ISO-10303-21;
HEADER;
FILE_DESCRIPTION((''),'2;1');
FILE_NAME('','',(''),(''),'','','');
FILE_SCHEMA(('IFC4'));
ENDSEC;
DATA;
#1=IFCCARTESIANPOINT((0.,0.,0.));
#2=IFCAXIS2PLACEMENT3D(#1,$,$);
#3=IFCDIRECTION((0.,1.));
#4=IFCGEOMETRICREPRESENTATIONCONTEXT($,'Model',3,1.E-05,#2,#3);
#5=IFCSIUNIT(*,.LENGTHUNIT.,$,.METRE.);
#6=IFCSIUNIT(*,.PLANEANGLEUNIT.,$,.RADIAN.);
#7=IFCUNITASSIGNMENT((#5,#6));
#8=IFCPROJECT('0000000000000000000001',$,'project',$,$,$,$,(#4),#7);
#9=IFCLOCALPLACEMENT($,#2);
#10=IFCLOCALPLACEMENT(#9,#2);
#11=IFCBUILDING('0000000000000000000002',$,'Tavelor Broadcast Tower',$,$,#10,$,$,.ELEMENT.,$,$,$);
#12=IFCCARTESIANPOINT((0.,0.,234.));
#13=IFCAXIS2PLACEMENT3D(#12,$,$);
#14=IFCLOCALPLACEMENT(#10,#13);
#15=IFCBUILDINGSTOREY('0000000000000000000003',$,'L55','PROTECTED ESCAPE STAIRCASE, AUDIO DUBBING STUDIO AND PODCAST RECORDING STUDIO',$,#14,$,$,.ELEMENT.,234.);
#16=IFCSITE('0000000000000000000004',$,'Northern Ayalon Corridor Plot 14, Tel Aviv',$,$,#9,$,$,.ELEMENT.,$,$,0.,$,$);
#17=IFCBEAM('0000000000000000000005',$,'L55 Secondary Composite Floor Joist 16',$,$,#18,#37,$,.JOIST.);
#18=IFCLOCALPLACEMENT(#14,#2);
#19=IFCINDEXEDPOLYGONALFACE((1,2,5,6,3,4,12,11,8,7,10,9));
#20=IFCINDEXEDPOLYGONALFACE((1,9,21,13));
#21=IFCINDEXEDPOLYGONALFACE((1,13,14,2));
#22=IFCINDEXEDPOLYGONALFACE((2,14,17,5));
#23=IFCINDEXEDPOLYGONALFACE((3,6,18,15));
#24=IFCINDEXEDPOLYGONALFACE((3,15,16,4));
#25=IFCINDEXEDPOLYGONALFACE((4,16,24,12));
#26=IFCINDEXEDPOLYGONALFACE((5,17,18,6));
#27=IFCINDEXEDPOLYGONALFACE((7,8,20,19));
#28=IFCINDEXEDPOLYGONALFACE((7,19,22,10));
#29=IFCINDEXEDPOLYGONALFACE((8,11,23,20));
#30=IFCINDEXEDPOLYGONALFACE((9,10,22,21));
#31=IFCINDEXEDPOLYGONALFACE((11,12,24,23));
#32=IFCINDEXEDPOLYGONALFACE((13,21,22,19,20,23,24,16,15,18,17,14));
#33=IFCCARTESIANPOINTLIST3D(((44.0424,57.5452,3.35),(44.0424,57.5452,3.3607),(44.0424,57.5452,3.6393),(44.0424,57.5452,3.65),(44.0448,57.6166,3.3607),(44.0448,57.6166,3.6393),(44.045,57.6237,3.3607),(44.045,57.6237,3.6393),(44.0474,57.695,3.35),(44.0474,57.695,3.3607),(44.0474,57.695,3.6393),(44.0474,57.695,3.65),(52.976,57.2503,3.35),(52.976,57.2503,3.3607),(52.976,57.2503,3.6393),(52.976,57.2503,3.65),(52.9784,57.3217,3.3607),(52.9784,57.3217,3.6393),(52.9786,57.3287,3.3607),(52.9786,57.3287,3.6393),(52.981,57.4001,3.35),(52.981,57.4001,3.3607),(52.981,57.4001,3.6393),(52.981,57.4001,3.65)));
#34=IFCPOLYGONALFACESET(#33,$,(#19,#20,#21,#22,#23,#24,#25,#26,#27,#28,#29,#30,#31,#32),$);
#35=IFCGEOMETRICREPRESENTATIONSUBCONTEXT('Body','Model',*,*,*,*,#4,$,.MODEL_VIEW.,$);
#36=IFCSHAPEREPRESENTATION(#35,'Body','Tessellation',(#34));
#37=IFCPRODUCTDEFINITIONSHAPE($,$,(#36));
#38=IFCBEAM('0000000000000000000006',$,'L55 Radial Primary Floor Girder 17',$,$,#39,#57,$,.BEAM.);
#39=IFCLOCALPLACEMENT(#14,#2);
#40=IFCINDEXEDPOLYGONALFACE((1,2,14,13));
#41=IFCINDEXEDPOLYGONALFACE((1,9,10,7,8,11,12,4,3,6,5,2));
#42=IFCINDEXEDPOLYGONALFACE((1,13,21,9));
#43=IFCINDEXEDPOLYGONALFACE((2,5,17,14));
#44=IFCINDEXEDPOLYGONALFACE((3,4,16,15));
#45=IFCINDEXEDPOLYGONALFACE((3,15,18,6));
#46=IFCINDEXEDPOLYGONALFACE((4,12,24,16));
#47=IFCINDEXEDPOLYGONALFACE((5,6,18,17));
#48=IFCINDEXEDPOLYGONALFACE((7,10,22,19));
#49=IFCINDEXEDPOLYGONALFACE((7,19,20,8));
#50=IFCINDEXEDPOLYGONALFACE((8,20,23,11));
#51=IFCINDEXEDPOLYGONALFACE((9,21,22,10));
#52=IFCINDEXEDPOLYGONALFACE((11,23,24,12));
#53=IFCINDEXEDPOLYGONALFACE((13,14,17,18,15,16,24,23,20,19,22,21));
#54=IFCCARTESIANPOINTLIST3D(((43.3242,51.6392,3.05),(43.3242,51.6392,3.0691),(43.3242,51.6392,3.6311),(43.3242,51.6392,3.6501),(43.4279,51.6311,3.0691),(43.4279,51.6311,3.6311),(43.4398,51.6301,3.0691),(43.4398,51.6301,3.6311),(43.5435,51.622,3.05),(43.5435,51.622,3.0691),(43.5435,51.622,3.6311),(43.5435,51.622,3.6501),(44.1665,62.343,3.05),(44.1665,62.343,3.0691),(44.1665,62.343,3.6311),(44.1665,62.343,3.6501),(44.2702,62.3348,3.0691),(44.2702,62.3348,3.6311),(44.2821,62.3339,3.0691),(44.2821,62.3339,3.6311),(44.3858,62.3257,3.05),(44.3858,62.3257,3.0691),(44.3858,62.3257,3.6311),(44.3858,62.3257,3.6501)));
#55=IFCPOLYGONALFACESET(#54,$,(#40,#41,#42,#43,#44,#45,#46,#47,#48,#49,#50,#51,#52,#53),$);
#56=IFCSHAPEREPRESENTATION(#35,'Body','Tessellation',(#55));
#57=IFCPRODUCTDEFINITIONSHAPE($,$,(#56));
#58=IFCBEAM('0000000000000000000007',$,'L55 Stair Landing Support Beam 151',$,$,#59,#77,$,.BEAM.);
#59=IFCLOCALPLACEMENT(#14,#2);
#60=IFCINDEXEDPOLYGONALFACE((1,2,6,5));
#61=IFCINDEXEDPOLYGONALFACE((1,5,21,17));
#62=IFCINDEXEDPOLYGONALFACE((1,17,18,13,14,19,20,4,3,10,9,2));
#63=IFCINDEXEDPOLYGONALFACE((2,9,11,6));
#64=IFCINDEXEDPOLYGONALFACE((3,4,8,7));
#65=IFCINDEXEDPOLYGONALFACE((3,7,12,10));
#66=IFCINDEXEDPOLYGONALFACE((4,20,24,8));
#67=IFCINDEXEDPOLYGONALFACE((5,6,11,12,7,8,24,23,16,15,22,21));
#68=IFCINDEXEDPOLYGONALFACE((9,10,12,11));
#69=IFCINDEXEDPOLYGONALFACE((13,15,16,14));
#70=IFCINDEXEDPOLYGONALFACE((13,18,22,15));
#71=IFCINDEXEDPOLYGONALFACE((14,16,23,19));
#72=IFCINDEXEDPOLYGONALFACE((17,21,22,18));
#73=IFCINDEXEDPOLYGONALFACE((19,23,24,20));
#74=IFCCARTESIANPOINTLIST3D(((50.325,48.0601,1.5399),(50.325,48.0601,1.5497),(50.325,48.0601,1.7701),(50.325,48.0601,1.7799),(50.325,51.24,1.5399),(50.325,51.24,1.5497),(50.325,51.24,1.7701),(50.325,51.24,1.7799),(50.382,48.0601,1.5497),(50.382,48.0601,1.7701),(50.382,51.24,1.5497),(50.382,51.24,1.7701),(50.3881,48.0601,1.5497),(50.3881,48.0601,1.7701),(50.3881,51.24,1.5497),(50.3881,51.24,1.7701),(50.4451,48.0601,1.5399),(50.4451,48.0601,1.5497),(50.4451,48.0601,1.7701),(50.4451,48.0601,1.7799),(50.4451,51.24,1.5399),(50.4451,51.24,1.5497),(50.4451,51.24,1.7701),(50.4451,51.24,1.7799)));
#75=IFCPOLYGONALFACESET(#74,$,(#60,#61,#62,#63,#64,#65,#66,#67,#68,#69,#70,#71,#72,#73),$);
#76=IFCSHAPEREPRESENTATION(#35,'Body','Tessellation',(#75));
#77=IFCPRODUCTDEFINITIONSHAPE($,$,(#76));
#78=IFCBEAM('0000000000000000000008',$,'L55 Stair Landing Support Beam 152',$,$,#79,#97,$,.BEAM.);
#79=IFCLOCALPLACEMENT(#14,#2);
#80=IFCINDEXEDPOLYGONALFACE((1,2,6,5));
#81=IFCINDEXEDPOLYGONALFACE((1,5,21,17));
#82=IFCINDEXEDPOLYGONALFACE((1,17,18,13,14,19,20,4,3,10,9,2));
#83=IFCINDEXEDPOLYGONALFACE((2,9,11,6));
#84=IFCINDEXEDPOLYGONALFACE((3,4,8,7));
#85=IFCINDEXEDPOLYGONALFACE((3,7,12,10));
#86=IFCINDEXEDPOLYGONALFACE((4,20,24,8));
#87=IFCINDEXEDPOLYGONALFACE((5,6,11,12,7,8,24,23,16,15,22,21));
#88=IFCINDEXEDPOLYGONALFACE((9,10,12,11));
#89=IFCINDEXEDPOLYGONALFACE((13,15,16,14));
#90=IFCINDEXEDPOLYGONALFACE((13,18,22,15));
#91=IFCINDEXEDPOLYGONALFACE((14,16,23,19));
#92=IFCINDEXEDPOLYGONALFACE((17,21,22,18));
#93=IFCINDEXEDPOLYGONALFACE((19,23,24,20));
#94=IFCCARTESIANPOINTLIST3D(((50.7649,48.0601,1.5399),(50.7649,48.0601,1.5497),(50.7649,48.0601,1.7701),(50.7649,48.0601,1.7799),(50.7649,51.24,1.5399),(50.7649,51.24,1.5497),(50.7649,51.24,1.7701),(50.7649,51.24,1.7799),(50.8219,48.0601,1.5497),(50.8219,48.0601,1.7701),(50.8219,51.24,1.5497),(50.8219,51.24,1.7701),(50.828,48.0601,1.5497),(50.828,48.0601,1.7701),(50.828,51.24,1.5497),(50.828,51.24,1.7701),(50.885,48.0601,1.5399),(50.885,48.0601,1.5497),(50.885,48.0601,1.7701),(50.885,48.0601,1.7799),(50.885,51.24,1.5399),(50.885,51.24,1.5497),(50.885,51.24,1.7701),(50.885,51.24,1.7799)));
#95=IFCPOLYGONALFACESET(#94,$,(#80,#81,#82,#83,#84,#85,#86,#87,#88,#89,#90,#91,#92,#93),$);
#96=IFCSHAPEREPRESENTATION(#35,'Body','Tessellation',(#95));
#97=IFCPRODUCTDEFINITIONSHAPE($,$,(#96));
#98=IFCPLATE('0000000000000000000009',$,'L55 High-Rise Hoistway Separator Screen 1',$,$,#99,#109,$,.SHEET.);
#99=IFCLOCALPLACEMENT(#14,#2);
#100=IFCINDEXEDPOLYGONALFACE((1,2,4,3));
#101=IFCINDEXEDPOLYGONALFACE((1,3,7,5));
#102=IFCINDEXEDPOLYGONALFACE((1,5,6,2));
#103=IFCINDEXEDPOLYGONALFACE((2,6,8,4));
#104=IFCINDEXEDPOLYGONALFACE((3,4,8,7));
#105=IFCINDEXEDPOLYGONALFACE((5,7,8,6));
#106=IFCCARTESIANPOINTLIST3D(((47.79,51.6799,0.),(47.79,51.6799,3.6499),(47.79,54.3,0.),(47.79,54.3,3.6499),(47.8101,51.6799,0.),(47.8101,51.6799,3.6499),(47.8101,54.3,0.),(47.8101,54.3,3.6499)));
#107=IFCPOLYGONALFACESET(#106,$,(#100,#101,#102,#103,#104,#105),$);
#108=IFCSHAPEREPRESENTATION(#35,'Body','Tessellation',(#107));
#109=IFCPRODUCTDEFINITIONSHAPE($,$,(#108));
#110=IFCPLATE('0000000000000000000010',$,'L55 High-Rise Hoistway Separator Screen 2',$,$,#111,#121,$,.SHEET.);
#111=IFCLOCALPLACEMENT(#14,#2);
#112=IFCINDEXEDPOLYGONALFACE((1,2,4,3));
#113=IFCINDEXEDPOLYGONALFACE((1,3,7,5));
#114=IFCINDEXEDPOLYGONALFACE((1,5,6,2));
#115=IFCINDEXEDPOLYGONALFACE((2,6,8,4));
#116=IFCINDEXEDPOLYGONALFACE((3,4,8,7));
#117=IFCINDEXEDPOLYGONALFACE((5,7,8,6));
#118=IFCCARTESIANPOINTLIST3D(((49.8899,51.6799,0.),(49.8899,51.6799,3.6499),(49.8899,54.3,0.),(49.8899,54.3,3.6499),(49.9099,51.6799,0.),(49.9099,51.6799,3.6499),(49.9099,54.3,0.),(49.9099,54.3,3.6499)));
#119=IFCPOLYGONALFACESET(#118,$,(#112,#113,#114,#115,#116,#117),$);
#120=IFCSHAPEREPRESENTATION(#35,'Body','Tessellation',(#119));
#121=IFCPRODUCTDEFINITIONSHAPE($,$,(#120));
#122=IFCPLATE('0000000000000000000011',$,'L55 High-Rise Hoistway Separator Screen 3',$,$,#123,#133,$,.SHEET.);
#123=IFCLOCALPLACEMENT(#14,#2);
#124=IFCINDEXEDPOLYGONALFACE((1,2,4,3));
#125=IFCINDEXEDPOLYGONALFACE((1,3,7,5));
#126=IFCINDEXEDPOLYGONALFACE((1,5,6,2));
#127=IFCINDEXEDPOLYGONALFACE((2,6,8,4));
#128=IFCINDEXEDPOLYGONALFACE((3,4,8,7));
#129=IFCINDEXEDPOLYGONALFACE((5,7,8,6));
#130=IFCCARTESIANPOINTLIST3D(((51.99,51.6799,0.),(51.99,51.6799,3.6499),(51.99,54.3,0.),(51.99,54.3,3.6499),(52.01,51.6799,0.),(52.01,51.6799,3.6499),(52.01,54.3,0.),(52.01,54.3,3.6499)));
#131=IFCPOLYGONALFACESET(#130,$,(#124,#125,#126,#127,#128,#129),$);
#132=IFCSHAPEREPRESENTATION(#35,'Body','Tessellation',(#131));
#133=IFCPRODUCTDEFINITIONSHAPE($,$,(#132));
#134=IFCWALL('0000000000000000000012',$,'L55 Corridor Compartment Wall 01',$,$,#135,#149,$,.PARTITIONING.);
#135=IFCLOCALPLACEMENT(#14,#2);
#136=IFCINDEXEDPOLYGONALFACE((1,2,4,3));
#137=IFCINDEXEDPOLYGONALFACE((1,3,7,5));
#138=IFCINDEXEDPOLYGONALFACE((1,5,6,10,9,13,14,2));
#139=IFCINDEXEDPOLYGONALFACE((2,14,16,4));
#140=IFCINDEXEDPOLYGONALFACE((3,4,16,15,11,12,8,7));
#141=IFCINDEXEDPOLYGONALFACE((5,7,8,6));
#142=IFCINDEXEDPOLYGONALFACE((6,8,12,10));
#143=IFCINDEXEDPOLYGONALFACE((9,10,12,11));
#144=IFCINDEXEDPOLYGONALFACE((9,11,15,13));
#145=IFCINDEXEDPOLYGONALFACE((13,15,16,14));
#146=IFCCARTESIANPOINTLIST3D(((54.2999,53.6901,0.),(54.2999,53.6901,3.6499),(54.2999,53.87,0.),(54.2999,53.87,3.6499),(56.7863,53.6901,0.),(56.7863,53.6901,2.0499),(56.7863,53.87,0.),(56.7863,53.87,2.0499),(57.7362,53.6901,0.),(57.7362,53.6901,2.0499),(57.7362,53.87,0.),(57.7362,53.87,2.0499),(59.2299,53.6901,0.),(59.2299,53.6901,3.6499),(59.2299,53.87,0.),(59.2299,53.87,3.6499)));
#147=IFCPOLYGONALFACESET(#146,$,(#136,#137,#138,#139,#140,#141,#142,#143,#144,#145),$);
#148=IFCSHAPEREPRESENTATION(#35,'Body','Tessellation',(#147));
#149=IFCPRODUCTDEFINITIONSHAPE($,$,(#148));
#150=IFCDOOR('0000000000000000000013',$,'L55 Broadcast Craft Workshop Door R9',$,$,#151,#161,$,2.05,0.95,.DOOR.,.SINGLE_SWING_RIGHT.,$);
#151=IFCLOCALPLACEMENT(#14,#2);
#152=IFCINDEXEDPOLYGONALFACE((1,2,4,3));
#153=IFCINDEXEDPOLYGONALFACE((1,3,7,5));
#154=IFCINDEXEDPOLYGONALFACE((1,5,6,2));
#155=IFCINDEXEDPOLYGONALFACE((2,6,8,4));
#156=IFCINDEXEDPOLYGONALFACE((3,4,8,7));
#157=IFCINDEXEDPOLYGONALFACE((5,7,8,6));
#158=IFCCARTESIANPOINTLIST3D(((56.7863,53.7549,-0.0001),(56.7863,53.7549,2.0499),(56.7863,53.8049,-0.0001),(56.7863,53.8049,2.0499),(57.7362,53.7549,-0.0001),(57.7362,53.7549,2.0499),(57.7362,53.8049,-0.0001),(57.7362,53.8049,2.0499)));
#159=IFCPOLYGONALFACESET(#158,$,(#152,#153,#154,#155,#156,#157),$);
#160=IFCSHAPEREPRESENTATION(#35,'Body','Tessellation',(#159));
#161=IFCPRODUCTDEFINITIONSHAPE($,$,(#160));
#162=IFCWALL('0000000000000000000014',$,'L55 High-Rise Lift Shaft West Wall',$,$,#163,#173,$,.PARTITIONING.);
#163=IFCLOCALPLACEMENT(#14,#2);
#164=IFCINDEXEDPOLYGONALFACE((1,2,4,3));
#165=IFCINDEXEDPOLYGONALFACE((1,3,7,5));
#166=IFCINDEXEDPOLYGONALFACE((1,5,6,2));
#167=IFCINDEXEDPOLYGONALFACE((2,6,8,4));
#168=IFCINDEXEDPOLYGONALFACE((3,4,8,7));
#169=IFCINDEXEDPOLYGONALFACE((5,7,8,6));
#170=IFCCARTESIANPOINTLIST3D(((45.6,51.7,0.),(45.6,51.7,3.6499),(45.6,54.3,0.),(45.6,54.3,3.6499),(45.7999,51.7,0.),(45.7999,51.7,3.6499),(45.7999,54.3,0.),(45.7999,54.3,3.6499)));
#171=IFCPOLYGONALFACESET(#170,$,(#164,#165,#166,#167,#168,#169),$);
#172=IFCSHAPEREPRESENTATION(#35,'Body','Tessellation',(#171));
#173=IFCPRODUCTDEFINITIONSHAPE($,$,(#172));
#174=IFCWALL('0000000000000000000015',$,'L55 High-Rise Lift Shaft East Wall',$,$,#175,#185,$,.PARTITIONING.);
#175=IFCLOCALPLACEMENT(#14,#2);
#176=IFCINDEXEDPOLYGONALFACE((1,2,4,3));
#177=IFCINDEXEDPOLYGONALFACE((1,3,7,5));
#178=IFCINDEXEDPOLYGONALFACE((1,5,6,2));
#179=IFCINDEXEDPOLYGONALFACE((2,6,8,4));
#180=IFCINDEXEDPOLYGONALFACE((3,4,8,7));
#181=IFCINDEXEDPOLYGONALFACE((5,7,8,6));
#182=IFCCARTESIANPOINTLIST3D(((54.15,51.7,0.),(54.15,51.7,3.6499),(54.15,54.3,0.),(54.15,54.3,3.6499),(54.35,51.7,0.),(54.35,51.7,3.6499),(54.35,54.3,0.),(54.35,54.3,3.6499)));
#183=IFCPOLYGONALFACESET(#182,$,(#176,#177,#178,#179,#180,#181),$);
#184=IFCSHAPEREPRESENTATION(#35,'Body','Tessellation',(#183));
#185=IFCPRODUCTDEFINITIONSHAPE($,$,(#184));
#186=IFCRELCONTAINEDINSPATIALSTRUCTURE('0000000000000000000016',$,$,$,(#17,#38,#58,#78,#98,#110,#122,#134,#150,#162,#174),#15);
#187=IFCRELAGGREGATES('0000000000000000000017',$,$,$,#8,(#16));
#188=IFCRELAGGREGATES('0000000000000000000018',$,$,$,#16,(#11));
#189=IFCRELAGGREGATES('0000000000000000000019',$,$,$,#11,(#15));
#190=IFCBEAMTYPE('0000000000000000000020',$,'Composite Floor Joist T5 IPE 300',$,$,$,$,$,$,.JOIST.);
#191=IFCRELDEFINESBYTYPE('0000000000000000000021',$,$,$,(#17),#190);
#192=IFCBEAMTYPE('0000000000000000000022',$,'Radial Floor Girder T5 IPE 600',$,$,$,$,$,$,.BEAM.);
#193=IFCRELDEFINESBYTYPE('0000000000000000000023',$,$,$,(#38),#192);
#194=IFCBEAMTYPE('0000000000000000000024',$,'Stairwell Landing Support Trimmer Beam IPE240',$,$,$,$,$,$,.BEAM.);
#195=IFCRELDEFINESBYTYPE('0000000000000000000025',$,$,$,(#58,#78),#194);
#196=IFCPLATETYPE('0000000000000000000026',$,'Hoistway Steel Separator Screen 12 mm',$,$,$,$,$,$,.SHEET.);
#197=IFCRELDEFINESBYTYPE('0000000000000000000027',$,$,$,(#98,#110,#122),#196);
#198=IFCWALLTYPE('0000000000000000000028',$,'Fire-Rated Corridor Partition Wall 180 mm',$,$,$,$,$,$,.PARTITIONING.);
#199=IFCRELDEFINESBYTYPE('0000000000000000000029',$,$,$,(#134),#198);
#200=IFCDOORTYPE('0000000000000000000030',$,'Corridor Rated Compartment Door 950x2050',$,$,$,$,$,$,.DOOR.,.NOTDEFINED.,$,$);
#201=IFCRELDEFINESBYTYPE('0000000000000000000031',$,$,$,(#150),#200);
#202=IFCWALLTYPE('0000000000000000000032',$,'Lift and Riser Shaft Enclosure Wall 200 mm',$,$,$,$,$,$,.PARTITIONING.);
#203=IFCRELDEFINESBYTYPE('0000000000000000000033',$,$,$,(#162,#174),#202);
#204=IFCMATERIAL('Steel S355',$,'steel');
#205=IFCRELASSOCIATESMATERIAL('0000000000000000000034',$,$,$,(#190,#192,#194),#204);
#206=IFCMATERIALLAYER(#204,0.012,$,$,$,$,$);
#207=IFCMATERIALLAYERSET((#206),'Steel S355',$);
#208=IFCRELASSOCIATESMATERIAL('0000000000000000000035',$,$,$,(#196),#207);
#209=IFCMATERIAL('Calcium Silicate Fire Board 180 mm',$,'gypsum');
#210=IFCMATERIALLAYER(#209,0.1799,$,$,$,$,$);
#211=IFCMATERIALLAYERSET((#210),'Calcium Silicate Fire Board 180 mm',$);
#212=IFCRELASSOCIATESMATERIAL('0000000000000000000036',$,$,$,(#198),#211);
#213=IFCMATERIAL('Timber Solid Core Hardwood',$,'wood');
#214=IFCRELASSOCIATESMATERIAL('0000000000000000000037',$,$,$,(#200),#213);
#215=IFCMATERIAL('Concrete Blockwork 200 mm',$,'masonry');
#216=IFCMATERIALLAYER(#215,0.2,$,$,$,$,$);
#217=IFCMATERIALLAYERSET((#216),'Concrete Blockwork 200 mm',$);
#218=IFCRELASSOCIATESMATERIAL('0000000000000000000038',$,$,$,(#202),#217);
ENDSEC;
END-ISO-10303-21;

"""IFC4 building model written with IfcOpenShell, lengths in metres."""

from ifc_helpers import new_model, si_unit, direction, frame, frame_2d, origin, origin_2d, place, context, subcontext, project, spatial, rectangle, i_section, extrude, source, transform, mapped, material, layer, layer_set, material_profile, profile_set, type_object, type_shapes, element, fill, save


model = new_model("IFC4")

# Units and contexts
model_context = context("Model", 3, precision=1e-05, world=origin(), true_north=direction((0.0, 1.0)))
body_context = subcontext(model_context, "Body", "Model", "MODEL_VIEW")
ifc_project = project(units=[si_unit("LENGTHUNIT", "METRE"), si_unit("PLANEANGLEUNIT", "RADIAN")], contexts=[model_context])

# Site, building, storey
site_placement = place(None, origin())
site = spatial("IfcSite", under=ifc_project, at=site_placement, Name="Northern Ayalon Corridor Plot 14, Tel Aviv", CompositionType="ELEMENT", RefElevation=0.0)
building_placement = place(site_placement, origin())
building = spatial("IfcBuilding", under=site, at=building_placement, Name="Tavelor Broadcast Tower", CompositionType="ELEMENT")
storey_placement = place(building_placement, frame((0.0, 0.0, 234.0)))
storey = spatial("IfcBuildingStorey", under=building, at=storey_placement, Name="L55", Description="PROTECTED ESCAPE STAIRCASE, AUDIO DUBBING STUDIO AND PODCAST RECORDING STUDIO", CompositionType="ELEMENT", Elevation=234.0)

# Beams
ifc_material_1 = material(Name="Steel S355", Category="steel")
ifc_material_profile_1 = material_profile(ifc_material_1, i_section(OverallWidth=0.1499, OverallDepth=0.3, WebThickness=0.0071, FlangeThickness=0.0107, at=origin_2d()), Name="IPE 300")
ifc_profile_set_1 = profile_set([ifc_material_profile_1], Name="Steel S355")
beam_type_1 = type_object("IfcBeamType", Name="Composite Floor Joist T5 IPE 300", PredefinedType="JOIST", material=ifc_profile_set_1)
beam_1_placement = place(storey_placement, frame((52.9785, 57.3252, 3.5), z_axis=(-0.999456, 0.032995, 0.0), x_axis=(-0.032995, -0.999456, 0.0)))
element("IfcBeam", 1, at=beam_1_placement, inside=storey, type_object=beam_type_1, Name="L55 Secondary Composite Floor Joist 16", PredefinedType="JOIST", context=body_context, shape_type="SweptSolid", body=[
    extrude(i_section(OverallWidth=0.1499, OverallDepth=0.3, WebThickness=0.0071, FlangeThickness=0.0107, at=origin_2d()), origin(), (0.0, 0.0, 1.0), 8.9385),
])
ifc_material_profile_2 = material_profile(ifc_material_1, i_section(OverallWidth=0.22, OverallDepth=0.6001, WebThickness=0.012, FlangeThickness=0.019, at=origin_2d()), Name="IPE 600")
ifc_profile_set_2 = profile_set([ifc_material_profile_2], Name="Steel S355")
beam_type_2 = type_object("IfcBeamType", Name="Radial Floor Girder T5 IPE 600", PredefinedType="BEAM", material=ifc_profile_set_2)
beam_2_placement = place(storey_placement, frame((43.4338, 51.6306, 3.3501), z_axis=(0.078449, 0.996918, 0.0), x_axis=(-0.996918, 0.078449, 0.0)))
element("IfcBeam", 2, at=beam_2_placement, inside=storey, type_object=beam_type_2, Name="L55 Radial Primary Floor Girder 17", PredefinedType="BEAM", context=body_context, shape_type="SweptSolid", body=[
    extrude(i_section(OverallWidth=0.22, OverallDepth=0.6001, WebThickness=0.012, FlangeThickness=0.019, at=origin_2d()), origin(), (0.0, 0.0, 1.0), 10.7368),
])
ifc_material_profile_3 = material_profile(ifc_material_1, i_section(OverallWidth=0.1201, OverallDepth=0.24, WebThickness=0.0061, FlangeThickness=0.0098, at=origin_2d()), Name="IPE 240")
ifc_profile_set_3 = profile_set([ifc_material_profile_3], Name="Steel S355")
beam_type_3 = type_object("IfcBeamType", Name="Stairwell Landing Support Trimmer Beam IPE240", PredefinedType="BEAM", material=ifc_profile_set_3)
for number, where, z_axis, x_axis, name in (
    (3, (50.385, 48.0601, 1.6599), (0.0, 1.0, 0.0), (-1.0, 0.0, 0.0), "L55 Stair Landing Support Beam 151"),
    (4, (50.825, 48.0601, 1.6599), (0.0, 1.0, 0.0), (-1.0, 0.0, 0.0), "L55 Stair Landing Support Beam 152"),
):
    element("IfcBeam", number, at=place(storey_placement, frame(where, z_axis=z_axis, x_axis=x_axis)), inside=storey, type_object=beam_type_3, Name=name, PredefinedType="BEAM", context=body_context, shape_type="SweptSolid", body=[
        extrude(i_section(OverallWidth=0.1201, OverallDepth=0.24, WebThickness=0.0061, FlangeThickness=0.0098, at=origin_2d()), origin(), (0.0, 0.0, 1.0), 3.1799),
    ])

# Plates
ifc_layer_1 = layer(ifc_material_1, 0.012)
ifc_layer_set_1 = layer_set([ifc_layer_1], Name="Steel S355")
plate_type = type_object("IfcPlateType", Name="Hoistway Steel Separator Screen 12 mm", PredefinedType="SHEET", material=ifc_layer_set_1)
shared_shape = source(origin(), body_context, "Body", "SweptSolid", [
    extrude(rectangle(XDim=0.02, YDim=2.6201, at=origin_2d()), origin(), (0.0, 0.0, 1.0), 3.6499),
])
type_shapes(plate_type, [shared_shape])
for number, where, z_axis, x_axis, name in (
    (5, (47.8, 52.99, 0.0), (0.0, 0.0, 1.0), (1.0, 0.0, 0.0), "L55 High-Rise Hoistway Separator Screen 1"),
    (6, (49.8999, 52.99, 0.0), (0.0, 0.0, 1.0), (1.0, 0.0, 0.0), "L55 High-Rise Hoistway Separator Screen 2"),
    (7, (52.0, 52.99, 0.0), (0.0, 0.0, 1.0), (1.0, 0.0, 0.0), "L55 High-Rise Hoistway Separator Screen 3"),
):
    element("IfcPlate", number, at=place(storey_placement, frame(where, z_axis=z_axis, x_axis=x_axis)), inside=storey, type_object=plate_type, Name=name, PredefinedType="SHEET", context=body_context, shape_type="MappedRepresentation", body=[
        mapped(shared_shape, transform((0.0, 0.0, 0.0), scale=1.0)),
    ])

# Wall, opening, door
ifc_material_2 = material(Name="Calcium Silicate Fire Board 180 mm", Category="gypsum")
ifc_layer_2 = layer(ifc_material_2, 0.1799)
ifc_layer_set_2 = layer_set([ifc_layer_2], Name="Calcium Silicate Fire Board 180 mm")
wall_type_1 = type_object("IfcWallType", Name="Fire-Rated Corridor Partition Wall 180 mm", PredefinedType="PARTITIONING", material=ifc_layer_set_2)
wall_1_placement = place(storey_placement, frame((54.3, 53.78, 0.0), z_axis=(0.0, 0.0, 1.0), x_axis=(1.0, 0.0, 0.0)))
wall_1 = element("IfcWall", 8, at=wall_1_placement, inside=storey, type_object=wall_type_1, Name="L55 Corridor Compartment Wall 01", PredefinedType="PARTITIONING", context=body_context, shape_type="SweptSolid", body=[
    extrude(rectangle(XDim=4.9299, YDim=0.1799, at=frame_2d((2.4648, 0.0))), origin(), (0.0, 0.0, 1.0), 3.6499),
])
opening_1_placement = place(wall_1_placement, frame((2.4861, 0.0, 0.0)))
opening_1 = element("IfcOpeningElement", 9, at=opening_1_placement, cuts=wall_1, PredefinedType="OPENING", context=body_context, shape_type="SweptSolid", body=[
    extrude(rectangle(XDim=0.95, YDim=2.05, at=frame_2d((0.4751, 1.0249))), frame((0.0, 0.1001, 0.0), z_axis=(0.0, -1.0, 0.0), x_axis=(1.0, 0.0, 0.0)), (0.0, 0.0, 1.0), 0.2),
])
ifc_material_3 = material(Name="Timber Solid Core Hardwood", Category="wood")
door_type_1 = type_object("IfcDoorType", Name="Corridor Rated Compartment Door 950x2050", OperationType="NOTDEFINED", PredefinedType="DOOR", material=ifc_material_3)
door_1_placement = place(opening_1_placement, origin())
door_1 = element("IfcDoor", 10, at=door_1_placement, inside=storey, type_object=door_type_1, Name="L55 Broadcast Craft Workshop Door R9", OperationType="SINGLE_SWING_RIGHT", OverallHeight=2.05, OverallWidth=0.95, PredefinedType="DOOR", context=body_context, shape_type="SweptSolid", body=[
    extrude(rectangle(XDim=0.95, YDim=2.05, at=frame_2d((0.4751, 1.0249))), frame((0.0, 0.0249, 0.0), z_axis=(0.0, -1.0, 0.0), x_axis=(1.0, 0.0, 0.0)), (0.0, 0.0, 1.0), 0.05),
])
fill(opening_1, door_1)

# Shared definitions
ifc_material_4 = material(Name="Concrete Blockwork 200 mm", Category="masonry")

# Walls
ifc_layer_3 = layer(ifc_material_4, 0.2)
ifc_layer_set_3 = layer_set([ifc_layer_3], Name="Concrete Blockwork 200 mm")
wall_type_2 = type_object("IfcWallType", Name="Lift and Riser Shaft Enclosure Wall 200 mm", PredefinedType="PARTITIONING", material=ifc_layer_set_3)
for number, where, z_axis, x_axis, name in (
    (11, (45.7, 51.7, 0.0), (0.0, 0.0, 1.0), (0.0, 1.0, 0.0), "L55 High-Rise Lift Shaft West Wall"),
    (12, (54.25, 51.7, 0.0), (0.0, 0.0, 1.0), (0.0, 1.0, 0.0), "L55 High-Rise Lift Shaft East Wall"),
):
    element("IfcWall", number, at=place(storey_placement, frame(where, z_axis=z_axis, x_axis=x_axis)), inside=storey, type_object=wall_type_2, Name=name, PredefinedType="PARTITIONING", context=body_context, shape_type="SweptSolid", body=[
        extrude(rectangle(XDim=2.6001, YDim=0.2, at=frame_2d((1.3, 0.0))), origin(), (0.0, 0.0, 1.0), 3.6499),
    ])

save(model, "model.ifc")
